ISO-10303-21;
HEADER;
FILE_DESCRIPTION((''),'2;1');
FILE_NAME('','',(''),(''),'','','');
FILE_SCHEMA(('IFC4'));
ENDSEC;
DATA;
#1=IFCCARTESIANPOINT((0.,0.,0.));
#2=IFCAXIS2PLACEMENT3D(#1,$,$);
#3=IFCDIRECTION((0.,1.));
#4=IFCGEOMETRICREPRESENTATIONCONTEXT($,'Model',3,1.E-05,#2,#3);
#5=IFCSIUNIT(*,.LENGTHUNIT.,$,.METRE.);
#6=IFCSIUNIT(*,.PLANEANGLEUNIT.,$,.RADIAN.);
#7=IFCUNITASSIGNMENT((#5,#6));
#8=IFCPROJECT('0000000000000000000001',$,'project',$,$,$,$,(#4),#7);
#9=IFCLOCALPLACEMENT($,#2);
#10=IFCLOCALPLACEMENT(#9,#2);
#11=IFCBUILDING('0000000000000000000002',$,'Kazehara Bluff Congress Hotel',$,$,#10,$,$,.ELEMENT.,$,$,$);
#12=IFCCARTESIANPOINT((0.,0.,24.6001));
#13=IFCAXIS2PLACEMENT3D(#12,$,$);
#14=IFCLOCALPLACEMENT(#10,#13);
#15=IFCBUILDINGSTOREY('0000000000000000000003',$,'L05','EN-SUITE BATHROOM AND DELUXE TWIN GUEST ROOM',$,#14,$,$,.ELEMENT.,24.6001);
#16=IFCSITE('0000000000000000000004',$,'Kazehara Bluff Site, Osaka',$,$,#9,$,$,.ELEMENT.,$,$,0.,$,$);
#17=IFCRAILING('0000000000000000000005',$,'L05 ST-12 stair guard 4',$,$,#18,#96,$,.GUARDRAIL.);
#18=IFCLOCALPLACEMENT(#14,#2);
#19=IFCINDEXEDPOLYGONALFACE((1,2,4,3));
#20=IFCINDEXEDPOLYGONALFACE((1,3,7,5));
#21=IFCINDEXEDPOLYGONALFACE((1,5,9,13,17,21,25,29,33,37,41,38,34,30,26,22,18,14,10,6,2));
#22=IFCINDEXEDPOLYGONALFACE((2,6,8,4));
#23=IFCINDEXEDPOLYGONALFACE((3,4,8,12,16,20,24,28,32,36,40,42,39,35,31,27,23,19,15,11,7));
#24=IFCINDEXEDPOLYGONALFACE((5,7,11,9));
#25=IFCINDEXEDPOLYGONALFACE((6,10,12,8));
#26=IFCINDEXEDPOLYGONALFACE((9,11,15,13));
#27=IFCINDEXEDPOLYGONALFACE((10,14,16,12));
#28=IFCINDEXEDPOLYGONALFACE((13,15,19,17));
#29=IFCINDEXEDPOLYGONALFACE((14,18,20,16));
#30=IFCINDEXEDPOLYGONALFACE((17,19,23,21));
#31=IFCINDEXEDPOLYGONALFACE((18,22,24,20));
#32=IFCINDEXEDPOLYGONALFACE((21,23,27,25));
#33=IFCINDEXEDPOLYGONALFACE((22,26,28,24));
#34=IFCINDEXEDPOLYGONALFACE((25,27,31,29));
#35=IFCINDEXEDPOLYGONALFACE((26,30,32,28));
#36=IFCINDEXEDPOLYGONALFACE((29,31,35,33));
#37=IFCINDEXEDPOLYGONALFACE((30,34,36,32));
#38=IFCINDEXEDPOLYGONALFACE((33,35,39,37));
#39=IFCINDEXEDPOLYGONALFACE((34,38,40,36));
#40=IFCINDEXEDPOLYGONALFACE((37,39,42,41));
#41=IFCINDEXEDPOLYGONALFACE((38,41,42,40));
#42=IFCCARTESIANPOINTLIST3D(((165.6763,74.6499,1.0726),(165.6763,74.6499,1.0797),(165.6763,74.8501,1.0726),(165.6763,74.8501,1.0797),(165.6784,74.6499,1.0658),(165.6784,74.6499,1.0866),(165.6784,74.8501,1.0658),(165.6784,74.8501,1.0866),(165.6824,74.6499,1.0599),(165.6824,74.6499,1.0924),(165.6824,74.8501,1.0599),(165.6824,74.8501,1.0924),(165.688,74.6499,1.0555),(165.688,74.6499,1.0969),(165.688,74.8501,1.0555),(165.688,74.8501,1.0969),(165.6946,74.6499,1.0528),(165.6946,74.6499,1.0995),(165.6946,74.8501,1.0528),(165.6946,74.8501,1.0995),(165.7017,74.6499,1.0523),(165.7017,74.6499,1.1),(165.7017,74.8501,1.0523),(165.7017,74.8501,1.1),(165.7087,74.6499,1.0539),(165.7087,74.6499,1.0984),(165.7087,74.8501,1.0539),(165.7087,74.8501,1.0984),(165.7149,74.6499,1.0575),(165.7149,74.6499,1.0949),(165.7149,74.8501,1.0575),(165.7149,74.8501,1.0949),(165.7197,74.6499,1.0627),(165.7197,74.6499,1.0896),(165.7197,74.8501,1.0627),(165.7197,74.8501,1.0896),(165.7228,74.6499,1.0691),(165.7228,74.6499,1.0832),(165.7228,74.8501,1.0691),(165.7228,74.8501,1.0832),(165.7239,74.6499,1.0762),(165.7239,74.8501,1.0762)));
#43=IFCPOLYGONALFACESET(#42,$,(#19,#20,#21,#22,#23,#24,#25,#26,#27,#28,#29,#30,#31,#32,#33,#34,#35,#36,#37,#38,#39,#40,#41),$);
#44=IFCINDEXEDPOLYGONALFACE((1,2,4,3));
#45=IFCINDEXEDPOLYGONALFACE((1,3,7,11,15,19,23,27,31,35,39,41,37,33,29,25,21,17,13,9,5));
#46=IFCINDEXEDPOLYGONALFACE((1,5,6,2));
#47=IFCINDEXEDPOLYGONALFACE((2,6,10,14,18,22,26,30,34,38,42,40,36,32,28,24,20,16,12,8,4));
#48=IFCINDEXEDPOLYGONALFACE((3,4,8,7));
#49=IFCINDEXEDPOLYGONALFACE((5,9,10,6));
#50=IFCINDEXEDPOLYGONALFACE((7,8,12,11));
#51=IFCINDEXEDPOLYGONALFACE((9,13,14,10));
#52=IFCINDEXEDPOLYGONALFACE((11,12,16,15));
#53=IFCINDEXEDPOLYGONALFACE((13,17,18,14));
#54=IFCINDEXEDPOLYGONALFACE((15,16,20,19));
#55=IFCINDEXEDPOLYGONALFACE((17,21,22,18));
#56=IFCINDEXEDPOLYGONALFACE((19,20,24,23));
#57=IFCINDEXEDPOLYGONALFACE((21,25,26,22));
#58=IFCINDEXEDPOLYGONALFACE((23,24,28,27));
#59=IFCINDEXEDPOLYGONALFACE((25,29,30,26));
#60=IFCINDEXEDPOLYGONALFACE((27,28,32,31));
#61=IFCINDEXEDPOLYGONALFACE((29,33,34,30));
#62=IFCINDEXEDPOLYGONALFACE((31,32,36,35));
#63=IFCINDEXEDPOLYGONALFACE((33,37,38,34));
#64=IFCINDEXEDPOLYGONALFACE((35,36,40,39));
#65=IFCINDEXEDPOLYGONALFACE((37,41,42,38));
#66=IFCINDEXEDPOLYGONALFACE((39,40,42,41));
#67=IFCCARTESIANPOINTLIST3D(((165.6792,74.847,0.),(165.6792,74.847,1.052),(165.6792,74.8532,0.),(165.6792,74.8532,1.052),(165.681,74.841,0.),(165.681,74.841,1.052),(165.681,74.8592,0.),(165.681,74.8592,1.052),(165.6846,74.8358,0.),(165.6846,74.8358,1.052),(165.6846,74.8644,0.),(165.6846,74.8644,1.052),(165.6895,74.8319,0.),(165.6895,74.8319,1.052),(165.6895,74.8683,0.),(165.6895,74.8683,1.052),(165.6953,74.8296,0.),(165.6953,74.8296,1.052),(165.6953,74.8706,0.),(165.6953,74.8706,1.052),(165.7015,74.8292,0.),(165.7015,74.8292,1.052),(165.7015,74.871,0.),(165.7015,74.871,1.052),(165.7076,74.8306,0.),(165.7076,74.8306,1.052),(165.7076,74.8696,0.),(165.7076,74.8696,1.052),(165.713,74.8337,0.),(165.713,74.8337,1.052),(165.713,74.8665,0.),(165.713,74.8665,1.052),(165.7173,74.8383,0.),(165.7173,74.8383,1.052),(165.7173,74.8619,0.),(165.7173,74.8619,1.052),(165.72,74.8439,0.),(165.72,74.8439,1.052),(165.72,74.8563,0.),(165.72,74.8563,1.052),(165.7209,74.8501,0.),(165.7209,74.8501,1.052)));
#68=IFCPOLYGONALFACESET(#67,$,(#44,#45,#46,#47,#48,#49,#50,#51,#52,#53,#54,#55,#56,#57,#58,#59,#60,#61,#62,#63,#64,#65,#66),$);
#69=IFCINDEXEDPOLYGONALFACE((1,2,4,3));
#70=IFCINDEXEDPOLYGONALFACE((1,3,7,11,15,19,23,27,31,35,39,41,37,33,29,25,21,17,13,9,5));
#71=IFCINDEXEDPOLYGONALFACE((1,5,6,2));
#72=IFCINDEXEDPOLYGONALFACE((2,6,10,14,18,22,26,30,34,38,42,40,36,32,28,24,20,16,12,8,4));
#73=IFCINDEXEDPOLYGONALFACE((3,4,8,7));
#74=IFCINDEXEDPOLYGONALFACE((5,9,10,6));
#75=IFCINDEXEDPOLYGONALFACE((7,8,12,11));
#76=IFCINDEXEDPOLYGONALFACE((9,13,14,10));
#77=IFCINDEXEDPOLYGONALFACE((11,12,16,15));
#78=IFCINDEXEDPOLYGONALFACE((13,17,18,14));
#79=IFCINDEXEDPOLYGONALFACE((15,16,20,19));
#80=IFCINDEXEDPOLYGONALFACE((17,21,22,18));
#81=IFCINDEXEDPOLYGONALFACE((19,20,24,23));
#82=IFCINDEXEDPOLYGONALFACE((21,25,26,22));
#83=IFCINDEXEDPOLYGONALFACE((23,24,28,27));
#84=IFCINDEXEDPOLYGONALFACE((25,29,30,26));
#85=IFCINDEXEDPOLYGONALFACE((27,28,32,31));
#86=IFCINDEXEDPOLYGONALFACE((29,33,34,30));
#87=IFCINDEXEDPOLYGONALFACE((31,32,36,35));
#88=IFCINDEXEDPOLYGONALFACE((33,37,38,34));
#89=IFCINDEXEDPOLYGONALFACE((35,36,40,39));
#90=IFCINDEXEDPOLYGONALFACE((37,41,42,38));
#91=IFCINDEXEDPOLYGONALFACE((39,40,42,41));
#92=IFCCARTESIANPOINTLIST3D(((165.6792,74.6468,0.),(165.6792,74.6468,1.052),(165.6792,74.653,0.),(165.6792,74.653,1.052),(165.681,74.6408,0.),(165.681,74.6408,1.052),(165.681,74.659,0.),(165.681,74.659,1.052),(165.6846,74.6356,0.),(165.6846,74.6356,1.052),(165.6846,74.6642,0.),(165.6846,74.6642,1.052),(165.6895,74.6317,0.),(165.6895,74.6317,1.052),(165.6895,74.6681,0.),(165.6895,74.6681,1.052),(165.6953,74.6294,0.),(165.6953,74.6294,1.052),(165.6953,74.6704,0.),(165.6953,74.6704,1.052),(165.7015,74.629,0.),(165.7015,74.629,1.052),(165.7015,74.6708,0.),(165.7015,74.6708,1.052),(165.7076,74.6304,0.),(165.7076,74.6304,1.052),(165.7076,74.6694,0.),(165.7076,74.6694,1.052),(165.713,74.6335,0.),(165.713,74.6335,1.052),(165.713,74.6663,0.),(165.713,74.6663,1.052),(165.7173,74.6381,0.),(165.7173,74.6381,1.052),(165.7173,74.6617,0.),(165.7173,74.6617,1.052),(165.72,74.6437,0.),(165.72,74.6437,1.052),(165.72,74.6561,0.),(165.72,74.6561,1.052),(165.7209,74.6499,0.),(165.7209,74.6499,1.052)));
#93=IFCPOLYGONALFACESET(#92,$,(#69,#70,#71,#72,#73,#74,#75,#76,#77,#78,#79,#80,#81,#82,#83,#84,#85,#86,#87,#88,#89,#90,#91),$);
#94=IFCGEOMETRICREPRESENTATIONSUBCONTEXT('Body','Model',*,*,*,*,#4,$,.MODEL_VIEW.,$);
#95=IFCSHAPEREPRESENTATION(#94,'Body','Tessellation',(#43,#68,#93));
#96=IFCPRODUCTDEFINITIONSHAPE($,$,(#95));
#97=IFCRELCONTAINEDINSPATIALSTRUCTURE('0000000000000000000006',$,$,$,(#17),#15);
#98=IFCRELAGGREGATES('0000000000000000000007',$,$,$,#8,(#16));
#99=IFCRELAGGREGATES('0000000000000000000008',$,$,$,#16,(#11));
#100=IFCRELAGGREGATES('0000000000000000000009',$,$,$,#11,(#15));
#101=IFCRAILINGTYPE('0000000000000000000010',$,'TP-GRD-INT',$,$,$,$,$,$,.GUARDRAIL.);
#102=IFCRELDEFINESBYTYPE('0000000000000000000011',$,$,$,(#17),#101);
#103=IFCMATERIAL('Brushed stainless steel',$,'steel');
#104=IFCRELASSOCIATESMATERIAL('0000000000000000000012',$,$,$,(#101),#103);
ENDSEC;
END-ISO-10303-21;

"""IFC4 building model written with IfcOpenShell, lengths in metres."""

from ifc_helpers import new_model, si_unit, direction, frame, origin, origin_2d, place, context, subcontext, project, spatial, circle, extrude, material, type_object, element, save


model = new_model("IFC4")

# Units and contexts
model_context = context("Model", 3, precision=1e-05, world=origin(), true_north=direction((0.0, 1.0)))
body_context = subcontext(model_context, "Body", "Model", "MODEL_VIEW")
ifc_project = project(units=[si_unit("LENGTHUNIT", "METRE"), si_unit("PLANEANGLEUNIT", "RADIAN")], contexts=[model_context])

# Site, building, storey
site_placement = place(None, origin())
site = spatial("IfcSite", under=ifc_project, at=site_placement, Name="Kazehara Bluff Site, Osaka", CompositionType="ELEMENT", RefElevation=0.0)
building_placement = place(site_placement, origin())
building = spatial("IfcBuilding", under=site, at=building_placement, Name="Kazehara Bluff Congress Hotel", CompositionType="ELEMENT")
storey_placement = place(building_placement, frame((0.0, 0.0, 24.6001)))
storey = spatial("IfcBuildingStorey", under=building, at=storey_placement, Name="L05", Description="EN-SUITE BATHROOM AND DELUXE TWIN GUEST ROOM", CompositionType="ELEMENT", Elevation=24.6001)

# Railing
ifc_material_1 = material(Name="Brushed stainless steel", Category="steel")
railing_type_1 = type_object("IfcRailingType", Name="TP-GRD-INT", PredefinedType="GUARDRAIL", material=ifc_material_1)
railing_1_placement = place(storey_placement, frame((165.7, 74.8501, 0.0)))
element("IfcRailing", 1, at=railing_1_placement, inside=storey, type_object=railing_type_1, Name="L05 ST-12 stair guard 4", PredefinedType="GUARDRAIL", context=body_context, shape_type="SweptSolid", body=[
    extrude(circle(Radius=0.0239, at=origin_2d()), frame((0.0, 0.0, 1.0762), z_axis=(0.0, -1.0, 0.0), x_axis=(1.0, 0.0, 0.0)), (0.0, 0.0, 1.0), 0.2002),
    extrude(circle(Radius=0.021, at=origin_2d()), origin(), (0.0, 0.0, 1.0), 1.052),
    extrude(circle(Radius=0.021, at=origin_2d()), frame((0.0, -0.2002, 0.0)), (0.0, 0.0, 1.0), 1.052),
])

save(model, "model.ifc")
